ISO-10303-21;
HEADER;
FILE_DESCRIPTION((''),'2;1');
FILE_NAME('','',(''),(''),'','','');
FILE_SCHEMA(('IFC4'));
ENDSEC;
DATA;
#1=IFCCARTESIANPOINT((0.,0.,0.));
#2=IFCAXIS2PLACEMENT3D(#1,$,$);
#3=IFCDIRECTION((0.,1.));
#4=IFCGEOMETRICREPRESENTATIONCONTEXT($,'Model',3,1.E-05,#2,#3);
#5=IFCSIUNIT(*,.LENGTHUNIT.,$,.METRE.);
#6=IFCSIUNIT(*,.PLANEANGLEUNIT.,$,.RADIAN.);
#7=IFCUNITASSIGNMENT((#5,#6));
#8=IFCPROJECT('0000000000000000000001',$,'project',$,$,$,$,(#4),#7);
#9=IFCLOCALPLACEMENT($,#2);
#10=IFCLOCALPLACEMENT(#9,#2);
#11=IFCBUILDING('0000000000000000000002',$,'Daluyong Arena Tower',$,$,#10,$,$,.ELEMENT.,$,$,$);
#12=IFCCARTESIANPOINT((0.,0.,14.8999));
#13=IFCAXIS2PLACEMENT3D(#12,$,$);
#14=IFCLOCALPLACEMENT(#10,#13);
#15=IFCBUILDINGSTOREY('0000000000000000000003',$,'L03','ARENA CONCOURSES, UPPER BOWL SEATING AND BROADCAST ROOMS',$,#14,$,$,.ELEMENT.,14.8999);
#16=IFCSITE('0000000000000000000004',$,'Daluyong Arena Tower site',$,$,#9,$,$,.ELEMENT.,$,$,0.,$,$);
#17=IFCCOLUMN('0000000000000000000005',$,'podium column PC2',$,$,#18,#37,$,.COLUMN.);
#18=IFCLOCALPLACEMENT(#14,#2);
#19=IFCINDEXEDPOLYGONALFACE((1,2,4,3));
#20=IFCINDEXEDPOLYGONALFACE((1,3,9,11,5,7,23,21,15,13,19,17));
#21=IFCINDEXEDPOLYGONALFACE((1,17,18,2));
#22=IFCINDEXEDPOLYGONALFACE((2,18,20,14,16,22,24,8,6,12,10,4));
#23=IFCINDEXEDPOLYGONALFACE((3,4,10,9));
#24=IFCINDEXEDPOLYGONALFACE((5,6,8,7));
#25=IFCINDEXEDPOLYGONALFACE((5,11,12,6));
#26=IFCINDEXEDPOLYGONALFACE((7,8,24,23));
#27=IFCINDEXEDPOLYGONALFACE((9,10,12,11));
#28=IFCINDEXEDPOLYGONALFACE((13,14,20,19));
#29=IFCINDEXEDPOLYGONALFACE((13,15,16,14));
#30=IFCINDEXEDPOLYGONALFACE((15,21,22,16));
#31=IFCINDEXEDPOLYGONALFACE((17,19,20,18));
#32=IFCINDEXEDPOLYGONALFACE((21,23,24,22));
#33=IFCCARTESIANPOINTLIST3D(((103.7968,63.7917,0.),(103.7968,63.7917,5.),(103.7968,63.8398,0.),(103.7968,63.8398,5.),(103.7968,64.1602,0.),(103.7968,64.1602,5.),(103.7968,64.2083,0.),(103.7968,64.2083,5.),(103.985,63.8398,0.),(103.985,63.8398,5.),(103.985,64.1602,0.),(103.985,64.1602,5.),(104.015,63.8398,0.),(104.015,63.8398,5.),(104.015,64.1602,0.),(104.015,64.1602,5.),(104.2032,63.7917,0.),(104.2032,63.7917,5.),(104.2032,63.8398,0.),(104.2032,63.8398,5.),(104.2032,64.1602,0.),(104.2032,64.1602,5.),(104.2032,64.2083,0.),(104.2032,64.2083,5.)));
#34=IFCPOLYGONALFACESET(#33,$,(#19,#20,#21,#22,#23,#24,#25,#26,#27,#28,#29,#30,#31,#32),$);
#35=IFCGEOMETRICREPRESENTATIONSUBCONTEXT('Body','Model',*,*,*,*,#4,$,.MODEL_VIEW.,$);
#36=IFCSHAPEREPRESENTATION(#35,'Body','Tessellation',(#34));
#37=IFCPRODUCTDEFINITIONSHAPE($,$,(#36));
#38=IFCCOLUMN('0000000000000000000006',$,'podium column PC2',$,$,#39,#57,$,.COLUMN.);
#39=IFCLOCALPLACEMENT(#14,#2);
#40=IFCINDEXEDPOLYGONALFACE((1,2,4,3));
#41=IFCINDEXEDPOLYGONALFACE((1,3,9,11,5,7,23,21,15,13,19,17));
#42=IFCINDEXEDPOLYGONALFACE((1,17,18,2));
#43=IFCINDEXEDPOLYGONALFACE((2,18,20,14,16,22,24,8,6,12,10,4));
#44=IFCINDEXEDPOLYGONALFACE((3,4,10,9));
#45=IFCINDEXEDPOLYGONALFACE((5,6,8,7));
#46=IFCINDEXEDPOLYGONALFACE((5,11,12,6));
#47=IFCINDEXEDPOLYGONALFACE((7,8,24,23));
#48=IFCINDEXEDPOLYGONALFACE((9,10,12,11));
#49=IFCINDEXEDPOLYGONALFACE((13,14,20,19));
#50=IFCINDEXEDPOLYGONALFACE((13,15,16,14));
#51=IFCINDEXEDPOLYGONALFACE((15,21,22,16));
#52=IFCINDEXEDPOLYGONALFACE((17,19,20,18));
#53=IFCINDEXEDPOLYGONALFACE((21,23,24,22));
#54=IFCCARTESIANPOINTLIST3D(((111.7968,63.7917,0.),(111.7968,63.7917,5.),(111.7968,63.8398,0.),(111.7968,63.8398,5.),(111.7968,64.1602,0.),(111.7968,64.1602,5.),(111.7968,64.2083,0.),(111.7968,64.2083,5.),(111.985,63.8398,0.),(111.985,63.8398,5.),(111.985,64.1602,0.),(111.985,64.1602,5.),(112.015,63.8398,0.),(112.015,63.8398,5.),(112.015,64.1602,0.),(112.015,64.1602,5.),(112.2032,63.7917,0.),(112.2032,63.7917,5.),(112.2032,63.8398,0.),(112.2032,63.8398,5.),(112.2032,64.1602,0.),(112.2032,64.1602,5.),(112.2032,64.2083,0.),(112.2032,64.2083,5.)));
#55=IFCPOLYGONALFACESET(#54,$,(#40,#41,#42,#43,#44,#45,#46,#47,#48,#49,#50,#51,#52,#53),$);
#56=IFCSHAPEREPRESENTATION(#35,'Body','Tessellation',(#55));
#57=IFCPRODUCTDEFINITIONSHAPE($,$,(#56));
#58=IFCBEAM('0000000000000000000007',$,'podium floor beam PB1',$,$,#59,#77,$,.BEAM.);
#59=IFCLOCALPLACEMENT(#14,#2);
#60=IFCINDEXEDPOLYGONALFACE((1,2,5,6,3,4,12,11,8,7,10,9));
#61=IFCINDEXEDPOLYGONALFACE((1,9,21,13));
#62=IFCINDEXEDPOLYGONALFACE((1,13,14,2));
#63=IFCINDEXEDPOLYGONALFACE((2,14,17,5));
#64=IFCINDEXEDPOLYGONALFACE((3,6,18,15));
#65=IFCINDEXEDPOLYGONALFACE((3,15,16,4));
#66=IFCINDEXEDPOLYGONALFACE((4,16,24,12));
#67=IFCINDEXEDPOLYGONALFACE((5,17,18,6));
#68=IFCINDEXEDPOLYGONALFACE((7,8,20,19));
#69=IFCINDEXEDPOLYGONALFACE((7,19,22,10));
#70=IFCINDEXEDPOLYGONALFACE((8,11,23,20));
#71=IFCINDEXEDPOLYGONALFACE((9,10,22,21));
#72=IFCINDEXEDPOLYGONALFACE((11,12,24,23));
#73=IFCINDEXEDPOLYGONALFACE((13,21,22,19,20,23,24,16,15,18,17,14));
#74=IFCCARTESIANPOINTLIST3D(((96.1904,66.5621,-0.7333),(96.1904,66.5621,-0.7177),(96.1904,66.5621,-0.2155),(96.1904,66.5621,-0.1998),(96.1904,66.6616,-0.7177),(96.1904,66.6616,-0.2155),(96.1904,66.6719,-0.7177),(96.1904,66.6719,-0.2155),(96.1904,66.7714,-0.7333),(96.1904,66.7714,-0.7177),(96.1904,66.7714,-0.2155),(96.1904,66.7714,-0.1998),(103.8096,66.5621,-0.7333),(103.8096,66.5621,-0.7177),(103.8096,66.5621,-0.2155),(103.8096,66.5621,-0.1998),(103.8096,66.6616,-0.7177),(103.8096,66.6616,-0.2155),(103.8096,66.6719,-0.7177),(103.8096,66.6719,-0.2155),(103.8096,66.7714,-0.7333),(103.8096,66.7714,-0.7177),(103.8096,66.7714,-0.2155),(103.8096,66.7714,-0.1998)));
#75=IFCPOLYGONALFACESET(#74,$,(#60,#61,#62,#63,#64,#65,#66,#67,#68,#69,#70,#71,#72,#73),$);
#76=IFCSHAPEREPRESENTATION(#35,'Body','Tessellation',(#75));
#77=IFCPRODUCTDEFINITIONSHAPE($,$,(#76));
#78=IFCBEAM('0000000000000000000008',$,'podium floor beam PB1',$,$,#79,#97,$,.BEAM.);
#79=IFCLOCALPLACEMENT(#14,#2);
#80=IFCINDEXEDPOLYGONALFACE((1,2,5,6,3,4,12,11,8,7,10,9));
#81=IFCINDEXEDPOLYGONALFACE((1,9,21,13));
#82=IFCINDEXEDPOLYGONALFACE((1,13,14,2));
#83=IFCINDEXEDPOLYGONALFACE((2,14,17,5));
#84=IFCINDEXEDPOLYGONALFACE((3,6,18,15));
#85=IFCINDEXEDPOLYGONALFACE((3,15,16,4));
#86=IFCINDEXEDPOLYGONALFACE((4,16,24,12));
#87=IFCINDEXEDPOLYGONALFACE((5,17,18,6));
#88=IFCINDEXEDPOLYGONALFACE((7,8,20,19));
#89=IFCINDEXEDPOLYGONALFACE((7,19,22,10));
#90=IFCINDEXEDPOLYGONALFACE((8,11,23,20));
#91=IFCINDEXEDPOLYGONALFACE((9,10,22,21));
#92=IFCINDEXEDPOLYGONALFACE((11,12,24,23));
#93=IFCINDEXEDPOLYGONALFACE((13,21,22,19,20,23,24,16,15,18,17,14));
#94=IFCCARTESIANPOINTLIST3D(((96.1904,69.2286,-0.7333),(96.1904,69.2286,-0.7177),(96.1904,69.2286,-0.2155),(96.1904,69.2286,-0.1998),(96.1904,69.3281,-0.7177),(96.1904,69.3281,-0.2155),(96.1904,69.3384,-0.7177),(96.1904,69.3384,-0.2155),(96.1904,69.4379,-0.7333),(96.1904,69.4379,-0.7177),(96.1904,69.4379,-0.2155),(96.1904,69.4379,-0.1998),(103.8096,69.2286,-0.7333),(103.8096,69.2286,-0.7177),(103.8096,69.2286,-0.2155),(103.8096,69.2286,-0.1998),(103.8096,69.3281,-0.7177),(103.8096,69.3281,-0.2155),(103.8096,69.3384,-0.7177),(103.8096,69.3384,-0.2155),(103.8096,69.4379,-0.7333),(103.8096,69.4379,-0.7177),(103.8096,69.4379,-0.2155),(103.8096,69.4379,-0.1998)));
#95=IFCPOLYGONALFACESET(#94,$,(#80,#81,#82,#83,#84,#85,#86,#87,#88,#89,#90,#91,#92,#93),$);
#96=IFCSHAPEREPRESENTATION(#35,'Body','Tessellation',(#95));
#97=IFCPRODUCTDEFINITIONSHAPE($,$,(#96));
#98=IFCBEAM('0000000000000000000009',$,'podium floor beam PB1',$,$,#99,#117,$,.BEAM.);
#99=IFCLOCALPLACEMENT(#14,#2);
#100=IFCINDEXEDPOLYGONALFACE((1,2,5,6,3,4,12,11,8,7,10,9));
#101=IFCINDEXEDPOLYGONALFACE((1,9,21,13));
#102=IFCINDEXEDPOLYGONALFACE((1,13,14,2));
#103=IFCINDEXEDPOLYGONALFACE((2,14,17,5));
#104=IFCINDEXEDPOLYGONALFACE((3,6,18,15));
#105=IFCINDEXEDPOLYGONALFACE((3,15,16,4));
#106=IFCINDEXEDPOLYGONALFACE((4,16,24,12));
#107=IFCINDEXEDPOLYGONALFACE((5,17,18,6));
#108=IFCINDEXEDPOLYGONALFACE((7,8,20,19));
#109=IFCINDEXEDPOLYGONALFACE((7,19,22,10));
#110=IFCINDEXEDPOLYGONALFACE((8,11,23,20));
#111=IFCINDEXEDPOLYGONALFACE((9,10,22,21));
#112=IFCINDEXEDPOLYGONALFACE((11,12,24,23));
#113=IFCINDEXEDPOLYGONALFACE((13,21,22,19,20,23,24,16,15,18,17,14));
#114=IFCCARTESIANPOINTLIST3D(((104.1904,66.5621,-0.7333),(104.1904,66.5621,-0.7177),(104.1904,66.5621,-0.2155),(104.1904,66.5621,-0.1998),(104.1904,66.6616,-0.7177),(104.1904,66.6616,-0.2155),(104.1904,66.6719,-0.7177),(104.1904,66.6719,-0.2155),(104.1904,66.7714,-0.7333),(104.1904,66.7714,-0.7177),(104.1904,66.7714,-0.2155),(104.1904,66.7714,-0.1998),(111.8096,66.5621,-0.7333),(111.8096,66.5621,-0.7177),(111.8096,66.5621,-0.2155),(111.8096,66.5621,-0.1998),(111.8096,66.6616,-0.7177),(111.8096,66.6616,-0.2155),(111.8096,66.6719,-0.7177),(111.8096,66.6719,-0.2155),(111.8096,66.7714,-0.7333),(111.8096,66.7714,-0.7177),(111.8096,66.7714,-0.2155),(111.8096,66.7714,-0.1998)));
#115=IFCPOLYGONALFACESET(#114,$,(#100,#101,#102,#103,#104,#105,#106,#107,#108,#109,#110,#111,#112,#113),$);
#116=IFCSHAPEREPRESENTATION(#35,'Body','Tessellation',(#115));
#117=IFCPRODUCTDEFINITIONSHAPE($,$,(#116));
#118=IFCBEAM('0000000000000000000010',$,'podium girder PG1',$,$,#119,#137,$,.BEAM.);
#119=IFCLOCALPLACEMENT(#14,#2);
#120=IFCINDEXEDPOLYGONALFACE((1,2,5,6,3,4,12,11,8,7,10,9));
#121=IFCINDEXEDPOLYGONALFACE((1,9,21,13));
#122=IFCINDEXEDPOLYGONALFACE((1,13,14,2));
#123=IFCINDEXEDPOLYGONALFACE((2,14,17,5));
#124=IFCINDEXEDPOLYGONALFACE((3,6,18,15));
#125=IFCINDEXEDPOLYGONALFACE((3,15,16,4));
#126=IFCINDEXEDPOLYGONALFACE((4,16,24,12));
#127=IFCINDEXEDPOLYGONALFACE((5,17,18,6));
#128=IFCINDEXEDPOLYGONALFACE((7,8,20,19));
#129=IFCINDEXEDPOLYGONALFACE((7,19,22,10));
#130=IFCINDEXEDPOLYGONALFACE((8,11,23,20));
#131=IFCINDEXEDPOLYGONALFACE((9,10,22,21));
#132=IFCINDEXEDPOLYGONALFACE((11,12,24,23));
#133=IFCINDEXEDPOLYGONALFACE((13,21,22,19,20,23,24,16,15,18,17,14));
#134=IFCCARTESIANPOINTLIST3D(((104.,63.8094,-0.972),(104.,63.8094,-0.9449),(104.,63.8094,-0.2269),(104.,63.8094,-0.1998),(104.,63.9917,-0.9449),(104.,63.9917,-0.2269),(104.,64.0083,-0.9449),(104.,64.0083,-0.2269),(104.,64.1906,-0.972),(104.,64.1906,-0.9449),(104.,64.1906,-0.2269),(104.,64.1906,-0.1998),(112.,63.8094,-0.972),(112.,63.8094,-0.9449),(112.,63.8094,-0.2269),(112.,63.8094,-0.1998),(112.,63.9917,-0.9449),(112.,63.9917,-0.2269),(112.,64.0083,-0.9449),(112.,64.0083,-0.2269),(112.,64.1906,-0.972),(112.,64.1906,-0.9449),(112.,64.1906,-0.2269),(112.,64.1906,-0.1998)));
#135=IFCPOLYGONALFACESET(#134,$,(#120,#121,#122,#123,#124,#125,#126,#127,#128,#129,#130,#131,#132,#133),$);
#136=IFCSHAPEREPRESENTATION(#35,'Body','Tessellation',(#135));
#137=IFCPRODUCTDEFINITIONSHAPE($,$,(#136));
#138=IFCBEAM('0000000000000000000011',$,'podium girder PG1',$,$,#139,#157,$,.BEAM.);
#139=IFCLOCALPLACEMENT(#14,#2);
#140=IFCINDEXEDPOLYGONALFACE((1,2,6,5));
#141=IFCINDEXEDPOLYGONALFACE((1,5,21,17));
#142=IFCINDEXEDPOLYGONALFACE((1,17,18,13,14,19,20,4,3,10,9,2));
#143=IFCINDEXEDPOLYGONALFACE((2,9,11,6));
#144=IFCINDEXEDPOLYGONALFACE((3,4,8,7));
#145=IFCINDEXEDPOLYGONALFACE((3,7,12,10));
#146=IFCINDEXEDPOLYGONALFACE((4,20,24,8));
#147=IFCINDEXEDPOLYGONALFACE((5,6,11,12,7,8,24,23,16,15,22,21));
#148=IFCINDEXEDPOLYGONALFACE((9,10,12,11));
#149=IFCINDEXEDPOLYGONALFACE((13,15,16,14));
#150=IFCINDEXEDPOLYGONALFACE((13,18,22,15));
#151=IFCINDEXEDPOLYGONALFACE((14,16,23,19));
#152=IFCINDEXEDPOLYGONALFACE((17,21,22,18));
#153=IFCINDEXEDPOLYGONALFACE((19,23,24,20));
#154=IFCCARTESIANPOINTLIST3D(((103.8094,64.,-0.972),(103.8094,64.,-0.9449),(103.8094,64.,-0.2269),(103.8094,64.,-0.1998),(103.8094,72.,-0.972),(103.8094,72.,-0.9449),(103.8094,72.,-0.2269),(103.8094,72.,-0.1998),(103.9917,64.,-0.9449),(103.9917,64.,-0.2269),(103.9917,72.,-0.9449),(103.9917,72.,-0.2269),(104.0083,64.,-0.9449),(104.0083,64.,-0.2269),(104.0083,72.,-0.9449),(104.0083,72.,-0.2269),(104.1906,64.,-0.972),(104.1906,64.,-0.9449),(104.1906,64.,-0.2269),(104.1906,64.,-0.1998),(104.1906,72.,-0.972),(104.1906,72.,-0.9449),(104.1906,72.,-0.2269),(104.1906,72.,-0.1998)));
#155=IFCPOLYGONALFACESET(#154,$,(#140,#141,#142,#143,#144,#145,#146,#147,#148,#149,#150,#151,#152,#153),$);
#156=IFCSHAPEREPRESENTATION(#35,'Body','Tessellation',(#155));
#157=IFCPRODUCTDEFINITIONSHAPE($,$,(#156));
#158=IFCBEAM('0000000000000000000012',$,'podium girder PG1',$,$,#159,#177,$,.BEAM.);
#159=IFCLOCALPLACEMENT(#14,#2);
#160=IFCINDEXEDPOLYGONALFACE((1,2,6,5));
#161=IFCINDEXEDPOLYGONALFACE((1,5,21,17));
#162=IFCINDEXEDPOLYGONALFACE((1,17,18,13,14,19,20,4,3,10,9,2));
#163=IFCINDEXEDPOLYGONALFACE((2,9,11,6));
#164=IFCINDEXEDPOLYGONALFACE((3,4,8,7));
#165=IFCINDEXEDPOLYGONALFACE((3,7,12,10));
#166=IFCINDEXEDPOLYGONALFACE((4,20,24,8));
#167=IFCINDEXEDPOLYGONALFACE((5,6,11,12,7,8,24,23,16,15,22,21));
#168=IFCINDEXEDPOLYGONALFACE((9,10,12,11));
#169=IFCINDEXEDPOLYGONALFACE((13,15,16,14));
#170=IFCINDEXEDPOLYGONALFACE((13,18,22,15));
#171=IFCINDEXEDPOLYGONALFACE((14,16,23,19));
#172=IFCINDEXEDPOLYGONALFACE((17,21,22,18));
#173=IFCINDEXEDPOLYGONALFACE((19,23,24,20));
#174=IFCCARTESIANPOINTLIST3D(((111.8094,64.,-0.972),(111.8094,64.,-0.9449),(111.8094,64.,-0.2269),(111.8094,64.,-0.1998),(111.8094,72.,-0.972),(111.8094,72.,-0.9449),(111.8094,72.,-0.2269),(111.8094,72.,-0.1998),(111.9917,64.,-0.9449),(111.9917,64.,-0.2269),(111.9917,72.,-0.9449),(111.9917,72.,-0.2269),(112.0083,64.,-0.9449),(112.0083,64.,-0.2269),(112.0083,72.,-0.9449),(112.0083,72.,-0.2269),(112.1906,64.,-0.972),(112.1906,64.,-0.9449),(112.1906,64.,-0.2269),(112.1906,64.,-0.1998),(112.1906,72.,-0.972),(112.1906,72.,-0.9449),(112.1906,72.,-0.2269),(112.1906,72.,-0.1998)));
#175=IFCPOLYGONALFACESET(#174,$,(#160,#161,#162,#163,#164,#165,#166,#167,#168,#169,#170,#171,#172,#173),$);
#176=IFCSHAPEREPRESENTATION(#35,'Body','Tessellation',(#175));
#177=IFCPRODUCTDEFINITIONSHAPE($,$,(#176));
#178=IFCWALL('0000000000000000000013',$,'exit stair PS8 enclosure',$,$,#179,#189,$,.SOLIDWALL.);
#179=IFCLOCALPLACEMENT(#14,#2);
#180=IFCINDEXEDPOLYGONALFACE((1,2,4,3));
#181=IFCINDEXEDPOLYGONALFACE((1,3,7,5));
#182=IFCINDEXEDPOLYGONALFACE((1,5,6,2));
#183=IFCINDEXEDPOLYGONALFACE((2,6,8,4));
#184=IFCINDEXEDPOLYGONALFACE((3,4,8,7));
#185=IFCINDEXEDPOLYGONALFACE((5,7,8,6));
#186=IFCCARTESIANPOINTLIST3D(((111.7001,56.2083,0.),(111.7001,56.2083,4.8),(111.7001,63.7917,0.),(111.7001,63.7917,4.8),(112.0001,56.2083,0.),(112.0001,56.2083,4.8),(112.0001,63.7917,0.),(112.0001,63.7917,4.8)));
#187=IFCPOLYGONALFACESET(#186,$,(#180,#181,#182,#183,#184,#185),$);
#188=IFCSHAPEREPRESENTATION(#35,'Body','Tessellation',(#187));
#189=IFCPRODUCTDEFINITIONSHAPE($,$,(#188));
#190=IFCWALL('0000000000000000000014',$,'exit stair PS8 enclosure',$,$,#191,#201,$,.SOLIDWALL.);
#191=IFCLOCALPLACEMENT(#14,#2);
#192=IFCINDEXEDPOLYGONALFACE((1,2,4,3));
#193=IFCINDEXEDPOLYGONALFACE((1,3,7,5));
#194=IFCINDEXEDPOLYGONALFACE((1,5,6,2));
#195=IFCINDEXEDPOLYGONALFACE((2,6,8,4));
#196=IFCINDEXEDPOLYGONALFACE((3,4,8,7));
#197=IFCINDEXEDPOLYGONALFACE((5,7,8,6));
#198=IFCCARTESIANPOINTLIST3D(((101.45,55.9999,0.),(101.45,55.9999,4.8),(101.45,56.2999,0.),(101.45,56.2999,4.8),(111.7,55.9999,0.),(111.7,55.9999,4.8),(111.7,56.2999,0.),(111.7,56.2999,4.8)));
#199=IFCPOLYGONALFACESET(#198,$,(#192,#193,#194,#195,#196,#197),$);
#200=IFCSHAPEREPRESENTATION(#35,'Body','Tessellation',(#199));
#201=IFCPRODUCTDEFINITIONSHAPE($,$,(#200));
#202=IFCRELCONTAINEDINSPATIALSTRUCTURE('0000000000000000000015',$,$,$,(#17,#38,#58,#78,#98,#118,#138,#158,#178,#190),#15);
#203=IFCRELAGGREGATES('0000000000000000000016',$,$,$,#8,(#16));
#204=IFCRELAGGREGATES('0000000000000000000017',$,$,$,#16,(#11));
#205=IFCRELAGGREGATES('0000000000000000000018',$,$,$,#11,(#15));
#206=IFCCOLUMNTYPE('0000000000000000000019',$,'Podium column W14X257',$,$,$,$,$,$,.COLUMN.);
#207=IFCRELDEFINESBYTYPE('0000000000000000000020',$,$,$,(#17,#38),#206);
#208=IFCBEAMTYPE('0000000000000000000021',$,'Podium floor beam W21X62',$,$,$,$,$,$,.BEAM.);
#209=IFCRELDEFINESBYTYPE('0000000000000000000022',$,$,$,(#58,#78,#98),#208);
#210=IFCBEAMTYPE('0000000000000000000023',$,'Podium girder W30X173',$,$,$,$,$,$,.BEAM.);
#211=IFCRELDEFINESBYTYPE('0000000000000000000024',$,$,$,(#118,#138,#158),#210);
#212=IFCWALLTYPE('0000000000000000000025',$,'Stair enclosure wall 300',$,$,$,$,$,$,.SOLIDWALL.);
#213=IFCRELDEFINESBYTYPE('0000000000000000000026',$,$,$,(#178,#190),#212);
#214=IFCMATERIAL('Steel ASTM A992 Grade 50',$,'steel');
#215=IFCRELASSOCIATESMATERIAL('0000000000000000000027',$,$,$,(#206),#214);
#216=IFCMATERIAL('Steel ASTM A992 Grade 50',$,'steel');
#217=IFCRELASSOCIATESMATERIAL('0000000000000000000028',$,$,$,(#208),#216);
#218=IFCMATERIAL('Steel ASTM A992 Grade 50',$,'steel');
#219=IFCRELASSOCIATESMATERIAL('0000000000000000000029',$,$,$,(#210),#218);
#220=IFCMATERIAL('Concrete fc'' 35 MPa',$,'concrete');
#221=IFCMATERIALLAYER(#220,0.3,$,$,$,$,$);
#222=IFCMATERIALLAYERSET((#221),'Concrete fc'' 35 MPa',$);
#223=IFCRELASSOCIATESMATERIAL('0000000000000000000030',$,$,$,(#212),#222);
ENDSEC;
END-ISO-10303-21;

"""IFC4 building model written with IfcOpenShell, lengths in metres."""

from ifc_helpers import new_model, si_unit, direction, frame, frame_2d, origin, origin_2d, place, context, subcontext, project, spatial, rectangle, i_section, extrude, material, layer, layer_set, material_profile, profile_set, type_object, element, save


model = new_model("IFC4")

# Units and contexts
model_context = context("Model", 3, precision=1e-05, world=origin(), true_north=direction((0.0, 1.0)))
body_context = subcontext(model_context, "Body", "Model", "MODEL_VIEW")
ifc_project = project(units=[si_unit("LENGTHUNIT", "METRE"), si_unit("PLANEANGLEUNIT", "RADIAN")], contexts=[model_context])

# Site, building, storey
site_placement = place(None, origin())
site = spatial("IfcSite", under=ifc_project, at=site_placement, Name="Daluyong Arena Tower site", CompositionType="ELEMENT", RefElevation=0.0)
building_placement = place(site_placement, origin())
building = spatial("IfcBuilding", under=site, at=building_placement, Name="Daluyong Arena Tower", CompositionType="ELEMENT")
storey_placement = place(building_placement, frame((0.0, 0.0, 14.8999)))
storey = spatial("IfcBuildingStorey", under=building, at=storey_placement, Name="L03", Description="ARENA CONCOURSES, UPPER BOWL SEATING AND BROADCAST ROOMS", CompositionType="ELEMENT", Elevation=14.8999)

# Columns
ifc_material_1 = material(Name="Steel ASTM A992 Grade 50", Category="steel")
ifc_material_profile_1 = material_profile(ifc_material_1, i_section(OverallWidth=0.4065, OverallDepth=0.4165, WebThickness=0.03, FlangeThickness=0.0481, at=origin_2d()))
ifc_profile_set_1 = profile_set([ifc_material_profile_1], Name="Steel ASTM A992 Grade 50")
column_type = type_object("IfcColumnType", Name="Podium column W14X257", PredefinedType="COLUMN", material=ifc_profile_set_1)
for number, where, z_axis, x_axis, name in (
    (1, (104.0, 64.0, 0.0), (0.0, 0.0, 1.0), (1.0, 0.0, 0.0), "podium column PC2"),
    (2, (112.0, 64.0, 0.0), (0.0, 0.0, 1.0), (1.0, 0.0, 0.0), "podium column PC2"),
):
    element("IfcColumn", number, at=place(storey_placement, frame(where, z_axis=z_axis, x_axis=x_axis)), inside=storey, type_object=column_type, Name=name, PredefinedType="COLUMN", context=body_context, shape_type="SweptSolid", body=[
        extrude(i_section(OverallWidth=0.4065, OverallDepth=0.4165, WebThickness=0.03, FlangeThickness=0.0481, at=origin_2d()), origin(), (0.0, 0.0, 1.0), 5.0),
    ])

# Beams
ifc_material_2 = material(Name="Steel ASTM A992 Grade 50", Category="steel")
ifc_material_profile_2 = material_profile(ifc_material_2, i_section(OverallWidth=0.2092, OverallDepth=0.5334, WebThickness=0.0103, FlangeThickness=0.0156, at=origin_2d()))
ifc_profile_set_2 = profile_set([ifc_material_profile_2], Name="Steel ASTM A992 Grade 50")
beam_type_1 = type_object("IfcBeamType", Name="Podium floor beam W21X62", PredefinedType="BEAM", material=ifc_profile_set_2)
for number, where, z_axis, x_axis, name in (
    (3, (96.1904, 66.6667, -0.4666), (1.0, 0.0, 0.0), (0.0, 1.0, 0.0), "podium floor beam PB1"),
    (4, (96.1904, 69.3333, -0.4666), (1.0, 0.0, 0.0), (0.0, 1.0, 0.0), "podium floor beam PB1"),
    (5, (104.1904, 66.6667, -0.4666), (1.0, 0.0, 0.0), (0.0, 1.0, 0.0), "podium floor beam PB1"),
):
    element("IfcBeam", number, at=place(storey_placement, frame(where, z_axis=z_axis, x_axis=x_axis)), inside=storey, type_object=beam_type_1, Name=name, PredefinedType="BEAM", context=body_context, shape_type="SweptSolid", body=[
        extrude(i_section(OverallWidth=0.2092, OverallDepth=0.5334, WebThickness=0.0103, FlangeThickness=0.0156, at=origin_2d()), origin(), (0.0, 0.0, 1.0), 7.6191),
    ])
ifc_material_3 = material(Name="Steel ASTM A992 Grade 50", Category="steel")
ifc_material_profile_3 = material_profile(ifc_material_3, i_section(OverallWidth=0.3811, OverallDepth=0.7722, WebThickness=0.0166, FlangeThickness=0.0271, at=origin_2d()))
ifc_profile_set_3 = profile_set([ifc_material_profile_3], Name="Steel ASTM A992 Grade 50")
beam_type_2 = type_object("IfcBeamType", Name="Podium girder W30X173", PredefinedType="BEAM", material=ifc_profile_set_3)
for number, where, z_axis, x_axis, name in (
    (6, (104.0, 64.0, -0.5859), (1.0, 0.0, 0.0), (0.0, 1.0, 0.0), "podium girder PG1"),
    (7, (104.0, 64.0, -0.5859), (0.0, 1.0, 0.0), (-1.0, 0.0, 0.0), "podium girder PG1"),
    (8, (112.0, 64.0, -0.5859), (0.0, 1.0, 0.0), (-1.0, 0.0, 0.0), "podium girder PG1"),
):
    element("IfcBeam", number, at=place(storey_placement, frame(where, z_axis=z_axis, x_axis=x_axis)), inside=storey, type_object=beam_type_2, Name=name, PredefinedType="BEAM", context=body_context, shape_type="SweptSolid", body=[
        extrude(i_section(OverallWidth=0.3811, OverallDepth=0.7722, WebThickness=0.0166, FlangeThickness=0.0271, at=origin_2d()), origin(), (0.0, 0.0, 1.0), 8.0),
    ])

# Walls
ifc_material_4 = material(Name="Concrete fc' 35 MPa", Category="concrete")
ifc_layer_1 = layer(ifc_material_4, 0.3)
ifc_layer_set_1 = layer_set([ifc_layer_1], Name="Concrete fc' 35 MPa")
wall_type = type_object("IfcWallType", Name="Stair enclosure wall 300", PredefinedType="SOLIDWALL", material=ifc_layer_set_1)
wall_placement = place(storey_placement, frame((111.8501, 56.2083, 0.0), z_axis=(0.0, 0.0, 1.0), x_axis=(0.0, 1.0, 0.0)))
element("IfcWall", 9, at=wall_placement, inside=storey, type_object=wall_type, Name="exit stair PS8 enclosure", PredefinedType="SOLIDWALL", context=body_context, shape_type="SweptSolid", body=[
    extrude(rectangle(XDim=7.5835, YDim=0.3, at=frame_2d((3.7917, 0.0))), origin(), (0.0, 0.0, 1.0), 4.8),
])
for number, where, z_axis, x_axis, name in (
    (10, (101.45, 56.1499, 0.0), (0.0, 0.0, 1.0), (1.0, 0.0, 0.0), "exit stair PS8 enclosure"),
):
    element("IfcWall", number, at=place(storey_placement, frame(where, z_axis=z_axis, x_axis=x_axis)), inside=storey, type_object=wall_type, Name=name, PredefinedType="SOLIDWALL", context=body_context, shape_type="SweptSolid", body=[
        extrude(rectangle(XDim=10.25, YDim=0.3, at=frame_2d((5.125, 0.0))), origin(), (0.0, 0.0, 1.0), 4.8),
    ])

save(model, "model.ifc")
